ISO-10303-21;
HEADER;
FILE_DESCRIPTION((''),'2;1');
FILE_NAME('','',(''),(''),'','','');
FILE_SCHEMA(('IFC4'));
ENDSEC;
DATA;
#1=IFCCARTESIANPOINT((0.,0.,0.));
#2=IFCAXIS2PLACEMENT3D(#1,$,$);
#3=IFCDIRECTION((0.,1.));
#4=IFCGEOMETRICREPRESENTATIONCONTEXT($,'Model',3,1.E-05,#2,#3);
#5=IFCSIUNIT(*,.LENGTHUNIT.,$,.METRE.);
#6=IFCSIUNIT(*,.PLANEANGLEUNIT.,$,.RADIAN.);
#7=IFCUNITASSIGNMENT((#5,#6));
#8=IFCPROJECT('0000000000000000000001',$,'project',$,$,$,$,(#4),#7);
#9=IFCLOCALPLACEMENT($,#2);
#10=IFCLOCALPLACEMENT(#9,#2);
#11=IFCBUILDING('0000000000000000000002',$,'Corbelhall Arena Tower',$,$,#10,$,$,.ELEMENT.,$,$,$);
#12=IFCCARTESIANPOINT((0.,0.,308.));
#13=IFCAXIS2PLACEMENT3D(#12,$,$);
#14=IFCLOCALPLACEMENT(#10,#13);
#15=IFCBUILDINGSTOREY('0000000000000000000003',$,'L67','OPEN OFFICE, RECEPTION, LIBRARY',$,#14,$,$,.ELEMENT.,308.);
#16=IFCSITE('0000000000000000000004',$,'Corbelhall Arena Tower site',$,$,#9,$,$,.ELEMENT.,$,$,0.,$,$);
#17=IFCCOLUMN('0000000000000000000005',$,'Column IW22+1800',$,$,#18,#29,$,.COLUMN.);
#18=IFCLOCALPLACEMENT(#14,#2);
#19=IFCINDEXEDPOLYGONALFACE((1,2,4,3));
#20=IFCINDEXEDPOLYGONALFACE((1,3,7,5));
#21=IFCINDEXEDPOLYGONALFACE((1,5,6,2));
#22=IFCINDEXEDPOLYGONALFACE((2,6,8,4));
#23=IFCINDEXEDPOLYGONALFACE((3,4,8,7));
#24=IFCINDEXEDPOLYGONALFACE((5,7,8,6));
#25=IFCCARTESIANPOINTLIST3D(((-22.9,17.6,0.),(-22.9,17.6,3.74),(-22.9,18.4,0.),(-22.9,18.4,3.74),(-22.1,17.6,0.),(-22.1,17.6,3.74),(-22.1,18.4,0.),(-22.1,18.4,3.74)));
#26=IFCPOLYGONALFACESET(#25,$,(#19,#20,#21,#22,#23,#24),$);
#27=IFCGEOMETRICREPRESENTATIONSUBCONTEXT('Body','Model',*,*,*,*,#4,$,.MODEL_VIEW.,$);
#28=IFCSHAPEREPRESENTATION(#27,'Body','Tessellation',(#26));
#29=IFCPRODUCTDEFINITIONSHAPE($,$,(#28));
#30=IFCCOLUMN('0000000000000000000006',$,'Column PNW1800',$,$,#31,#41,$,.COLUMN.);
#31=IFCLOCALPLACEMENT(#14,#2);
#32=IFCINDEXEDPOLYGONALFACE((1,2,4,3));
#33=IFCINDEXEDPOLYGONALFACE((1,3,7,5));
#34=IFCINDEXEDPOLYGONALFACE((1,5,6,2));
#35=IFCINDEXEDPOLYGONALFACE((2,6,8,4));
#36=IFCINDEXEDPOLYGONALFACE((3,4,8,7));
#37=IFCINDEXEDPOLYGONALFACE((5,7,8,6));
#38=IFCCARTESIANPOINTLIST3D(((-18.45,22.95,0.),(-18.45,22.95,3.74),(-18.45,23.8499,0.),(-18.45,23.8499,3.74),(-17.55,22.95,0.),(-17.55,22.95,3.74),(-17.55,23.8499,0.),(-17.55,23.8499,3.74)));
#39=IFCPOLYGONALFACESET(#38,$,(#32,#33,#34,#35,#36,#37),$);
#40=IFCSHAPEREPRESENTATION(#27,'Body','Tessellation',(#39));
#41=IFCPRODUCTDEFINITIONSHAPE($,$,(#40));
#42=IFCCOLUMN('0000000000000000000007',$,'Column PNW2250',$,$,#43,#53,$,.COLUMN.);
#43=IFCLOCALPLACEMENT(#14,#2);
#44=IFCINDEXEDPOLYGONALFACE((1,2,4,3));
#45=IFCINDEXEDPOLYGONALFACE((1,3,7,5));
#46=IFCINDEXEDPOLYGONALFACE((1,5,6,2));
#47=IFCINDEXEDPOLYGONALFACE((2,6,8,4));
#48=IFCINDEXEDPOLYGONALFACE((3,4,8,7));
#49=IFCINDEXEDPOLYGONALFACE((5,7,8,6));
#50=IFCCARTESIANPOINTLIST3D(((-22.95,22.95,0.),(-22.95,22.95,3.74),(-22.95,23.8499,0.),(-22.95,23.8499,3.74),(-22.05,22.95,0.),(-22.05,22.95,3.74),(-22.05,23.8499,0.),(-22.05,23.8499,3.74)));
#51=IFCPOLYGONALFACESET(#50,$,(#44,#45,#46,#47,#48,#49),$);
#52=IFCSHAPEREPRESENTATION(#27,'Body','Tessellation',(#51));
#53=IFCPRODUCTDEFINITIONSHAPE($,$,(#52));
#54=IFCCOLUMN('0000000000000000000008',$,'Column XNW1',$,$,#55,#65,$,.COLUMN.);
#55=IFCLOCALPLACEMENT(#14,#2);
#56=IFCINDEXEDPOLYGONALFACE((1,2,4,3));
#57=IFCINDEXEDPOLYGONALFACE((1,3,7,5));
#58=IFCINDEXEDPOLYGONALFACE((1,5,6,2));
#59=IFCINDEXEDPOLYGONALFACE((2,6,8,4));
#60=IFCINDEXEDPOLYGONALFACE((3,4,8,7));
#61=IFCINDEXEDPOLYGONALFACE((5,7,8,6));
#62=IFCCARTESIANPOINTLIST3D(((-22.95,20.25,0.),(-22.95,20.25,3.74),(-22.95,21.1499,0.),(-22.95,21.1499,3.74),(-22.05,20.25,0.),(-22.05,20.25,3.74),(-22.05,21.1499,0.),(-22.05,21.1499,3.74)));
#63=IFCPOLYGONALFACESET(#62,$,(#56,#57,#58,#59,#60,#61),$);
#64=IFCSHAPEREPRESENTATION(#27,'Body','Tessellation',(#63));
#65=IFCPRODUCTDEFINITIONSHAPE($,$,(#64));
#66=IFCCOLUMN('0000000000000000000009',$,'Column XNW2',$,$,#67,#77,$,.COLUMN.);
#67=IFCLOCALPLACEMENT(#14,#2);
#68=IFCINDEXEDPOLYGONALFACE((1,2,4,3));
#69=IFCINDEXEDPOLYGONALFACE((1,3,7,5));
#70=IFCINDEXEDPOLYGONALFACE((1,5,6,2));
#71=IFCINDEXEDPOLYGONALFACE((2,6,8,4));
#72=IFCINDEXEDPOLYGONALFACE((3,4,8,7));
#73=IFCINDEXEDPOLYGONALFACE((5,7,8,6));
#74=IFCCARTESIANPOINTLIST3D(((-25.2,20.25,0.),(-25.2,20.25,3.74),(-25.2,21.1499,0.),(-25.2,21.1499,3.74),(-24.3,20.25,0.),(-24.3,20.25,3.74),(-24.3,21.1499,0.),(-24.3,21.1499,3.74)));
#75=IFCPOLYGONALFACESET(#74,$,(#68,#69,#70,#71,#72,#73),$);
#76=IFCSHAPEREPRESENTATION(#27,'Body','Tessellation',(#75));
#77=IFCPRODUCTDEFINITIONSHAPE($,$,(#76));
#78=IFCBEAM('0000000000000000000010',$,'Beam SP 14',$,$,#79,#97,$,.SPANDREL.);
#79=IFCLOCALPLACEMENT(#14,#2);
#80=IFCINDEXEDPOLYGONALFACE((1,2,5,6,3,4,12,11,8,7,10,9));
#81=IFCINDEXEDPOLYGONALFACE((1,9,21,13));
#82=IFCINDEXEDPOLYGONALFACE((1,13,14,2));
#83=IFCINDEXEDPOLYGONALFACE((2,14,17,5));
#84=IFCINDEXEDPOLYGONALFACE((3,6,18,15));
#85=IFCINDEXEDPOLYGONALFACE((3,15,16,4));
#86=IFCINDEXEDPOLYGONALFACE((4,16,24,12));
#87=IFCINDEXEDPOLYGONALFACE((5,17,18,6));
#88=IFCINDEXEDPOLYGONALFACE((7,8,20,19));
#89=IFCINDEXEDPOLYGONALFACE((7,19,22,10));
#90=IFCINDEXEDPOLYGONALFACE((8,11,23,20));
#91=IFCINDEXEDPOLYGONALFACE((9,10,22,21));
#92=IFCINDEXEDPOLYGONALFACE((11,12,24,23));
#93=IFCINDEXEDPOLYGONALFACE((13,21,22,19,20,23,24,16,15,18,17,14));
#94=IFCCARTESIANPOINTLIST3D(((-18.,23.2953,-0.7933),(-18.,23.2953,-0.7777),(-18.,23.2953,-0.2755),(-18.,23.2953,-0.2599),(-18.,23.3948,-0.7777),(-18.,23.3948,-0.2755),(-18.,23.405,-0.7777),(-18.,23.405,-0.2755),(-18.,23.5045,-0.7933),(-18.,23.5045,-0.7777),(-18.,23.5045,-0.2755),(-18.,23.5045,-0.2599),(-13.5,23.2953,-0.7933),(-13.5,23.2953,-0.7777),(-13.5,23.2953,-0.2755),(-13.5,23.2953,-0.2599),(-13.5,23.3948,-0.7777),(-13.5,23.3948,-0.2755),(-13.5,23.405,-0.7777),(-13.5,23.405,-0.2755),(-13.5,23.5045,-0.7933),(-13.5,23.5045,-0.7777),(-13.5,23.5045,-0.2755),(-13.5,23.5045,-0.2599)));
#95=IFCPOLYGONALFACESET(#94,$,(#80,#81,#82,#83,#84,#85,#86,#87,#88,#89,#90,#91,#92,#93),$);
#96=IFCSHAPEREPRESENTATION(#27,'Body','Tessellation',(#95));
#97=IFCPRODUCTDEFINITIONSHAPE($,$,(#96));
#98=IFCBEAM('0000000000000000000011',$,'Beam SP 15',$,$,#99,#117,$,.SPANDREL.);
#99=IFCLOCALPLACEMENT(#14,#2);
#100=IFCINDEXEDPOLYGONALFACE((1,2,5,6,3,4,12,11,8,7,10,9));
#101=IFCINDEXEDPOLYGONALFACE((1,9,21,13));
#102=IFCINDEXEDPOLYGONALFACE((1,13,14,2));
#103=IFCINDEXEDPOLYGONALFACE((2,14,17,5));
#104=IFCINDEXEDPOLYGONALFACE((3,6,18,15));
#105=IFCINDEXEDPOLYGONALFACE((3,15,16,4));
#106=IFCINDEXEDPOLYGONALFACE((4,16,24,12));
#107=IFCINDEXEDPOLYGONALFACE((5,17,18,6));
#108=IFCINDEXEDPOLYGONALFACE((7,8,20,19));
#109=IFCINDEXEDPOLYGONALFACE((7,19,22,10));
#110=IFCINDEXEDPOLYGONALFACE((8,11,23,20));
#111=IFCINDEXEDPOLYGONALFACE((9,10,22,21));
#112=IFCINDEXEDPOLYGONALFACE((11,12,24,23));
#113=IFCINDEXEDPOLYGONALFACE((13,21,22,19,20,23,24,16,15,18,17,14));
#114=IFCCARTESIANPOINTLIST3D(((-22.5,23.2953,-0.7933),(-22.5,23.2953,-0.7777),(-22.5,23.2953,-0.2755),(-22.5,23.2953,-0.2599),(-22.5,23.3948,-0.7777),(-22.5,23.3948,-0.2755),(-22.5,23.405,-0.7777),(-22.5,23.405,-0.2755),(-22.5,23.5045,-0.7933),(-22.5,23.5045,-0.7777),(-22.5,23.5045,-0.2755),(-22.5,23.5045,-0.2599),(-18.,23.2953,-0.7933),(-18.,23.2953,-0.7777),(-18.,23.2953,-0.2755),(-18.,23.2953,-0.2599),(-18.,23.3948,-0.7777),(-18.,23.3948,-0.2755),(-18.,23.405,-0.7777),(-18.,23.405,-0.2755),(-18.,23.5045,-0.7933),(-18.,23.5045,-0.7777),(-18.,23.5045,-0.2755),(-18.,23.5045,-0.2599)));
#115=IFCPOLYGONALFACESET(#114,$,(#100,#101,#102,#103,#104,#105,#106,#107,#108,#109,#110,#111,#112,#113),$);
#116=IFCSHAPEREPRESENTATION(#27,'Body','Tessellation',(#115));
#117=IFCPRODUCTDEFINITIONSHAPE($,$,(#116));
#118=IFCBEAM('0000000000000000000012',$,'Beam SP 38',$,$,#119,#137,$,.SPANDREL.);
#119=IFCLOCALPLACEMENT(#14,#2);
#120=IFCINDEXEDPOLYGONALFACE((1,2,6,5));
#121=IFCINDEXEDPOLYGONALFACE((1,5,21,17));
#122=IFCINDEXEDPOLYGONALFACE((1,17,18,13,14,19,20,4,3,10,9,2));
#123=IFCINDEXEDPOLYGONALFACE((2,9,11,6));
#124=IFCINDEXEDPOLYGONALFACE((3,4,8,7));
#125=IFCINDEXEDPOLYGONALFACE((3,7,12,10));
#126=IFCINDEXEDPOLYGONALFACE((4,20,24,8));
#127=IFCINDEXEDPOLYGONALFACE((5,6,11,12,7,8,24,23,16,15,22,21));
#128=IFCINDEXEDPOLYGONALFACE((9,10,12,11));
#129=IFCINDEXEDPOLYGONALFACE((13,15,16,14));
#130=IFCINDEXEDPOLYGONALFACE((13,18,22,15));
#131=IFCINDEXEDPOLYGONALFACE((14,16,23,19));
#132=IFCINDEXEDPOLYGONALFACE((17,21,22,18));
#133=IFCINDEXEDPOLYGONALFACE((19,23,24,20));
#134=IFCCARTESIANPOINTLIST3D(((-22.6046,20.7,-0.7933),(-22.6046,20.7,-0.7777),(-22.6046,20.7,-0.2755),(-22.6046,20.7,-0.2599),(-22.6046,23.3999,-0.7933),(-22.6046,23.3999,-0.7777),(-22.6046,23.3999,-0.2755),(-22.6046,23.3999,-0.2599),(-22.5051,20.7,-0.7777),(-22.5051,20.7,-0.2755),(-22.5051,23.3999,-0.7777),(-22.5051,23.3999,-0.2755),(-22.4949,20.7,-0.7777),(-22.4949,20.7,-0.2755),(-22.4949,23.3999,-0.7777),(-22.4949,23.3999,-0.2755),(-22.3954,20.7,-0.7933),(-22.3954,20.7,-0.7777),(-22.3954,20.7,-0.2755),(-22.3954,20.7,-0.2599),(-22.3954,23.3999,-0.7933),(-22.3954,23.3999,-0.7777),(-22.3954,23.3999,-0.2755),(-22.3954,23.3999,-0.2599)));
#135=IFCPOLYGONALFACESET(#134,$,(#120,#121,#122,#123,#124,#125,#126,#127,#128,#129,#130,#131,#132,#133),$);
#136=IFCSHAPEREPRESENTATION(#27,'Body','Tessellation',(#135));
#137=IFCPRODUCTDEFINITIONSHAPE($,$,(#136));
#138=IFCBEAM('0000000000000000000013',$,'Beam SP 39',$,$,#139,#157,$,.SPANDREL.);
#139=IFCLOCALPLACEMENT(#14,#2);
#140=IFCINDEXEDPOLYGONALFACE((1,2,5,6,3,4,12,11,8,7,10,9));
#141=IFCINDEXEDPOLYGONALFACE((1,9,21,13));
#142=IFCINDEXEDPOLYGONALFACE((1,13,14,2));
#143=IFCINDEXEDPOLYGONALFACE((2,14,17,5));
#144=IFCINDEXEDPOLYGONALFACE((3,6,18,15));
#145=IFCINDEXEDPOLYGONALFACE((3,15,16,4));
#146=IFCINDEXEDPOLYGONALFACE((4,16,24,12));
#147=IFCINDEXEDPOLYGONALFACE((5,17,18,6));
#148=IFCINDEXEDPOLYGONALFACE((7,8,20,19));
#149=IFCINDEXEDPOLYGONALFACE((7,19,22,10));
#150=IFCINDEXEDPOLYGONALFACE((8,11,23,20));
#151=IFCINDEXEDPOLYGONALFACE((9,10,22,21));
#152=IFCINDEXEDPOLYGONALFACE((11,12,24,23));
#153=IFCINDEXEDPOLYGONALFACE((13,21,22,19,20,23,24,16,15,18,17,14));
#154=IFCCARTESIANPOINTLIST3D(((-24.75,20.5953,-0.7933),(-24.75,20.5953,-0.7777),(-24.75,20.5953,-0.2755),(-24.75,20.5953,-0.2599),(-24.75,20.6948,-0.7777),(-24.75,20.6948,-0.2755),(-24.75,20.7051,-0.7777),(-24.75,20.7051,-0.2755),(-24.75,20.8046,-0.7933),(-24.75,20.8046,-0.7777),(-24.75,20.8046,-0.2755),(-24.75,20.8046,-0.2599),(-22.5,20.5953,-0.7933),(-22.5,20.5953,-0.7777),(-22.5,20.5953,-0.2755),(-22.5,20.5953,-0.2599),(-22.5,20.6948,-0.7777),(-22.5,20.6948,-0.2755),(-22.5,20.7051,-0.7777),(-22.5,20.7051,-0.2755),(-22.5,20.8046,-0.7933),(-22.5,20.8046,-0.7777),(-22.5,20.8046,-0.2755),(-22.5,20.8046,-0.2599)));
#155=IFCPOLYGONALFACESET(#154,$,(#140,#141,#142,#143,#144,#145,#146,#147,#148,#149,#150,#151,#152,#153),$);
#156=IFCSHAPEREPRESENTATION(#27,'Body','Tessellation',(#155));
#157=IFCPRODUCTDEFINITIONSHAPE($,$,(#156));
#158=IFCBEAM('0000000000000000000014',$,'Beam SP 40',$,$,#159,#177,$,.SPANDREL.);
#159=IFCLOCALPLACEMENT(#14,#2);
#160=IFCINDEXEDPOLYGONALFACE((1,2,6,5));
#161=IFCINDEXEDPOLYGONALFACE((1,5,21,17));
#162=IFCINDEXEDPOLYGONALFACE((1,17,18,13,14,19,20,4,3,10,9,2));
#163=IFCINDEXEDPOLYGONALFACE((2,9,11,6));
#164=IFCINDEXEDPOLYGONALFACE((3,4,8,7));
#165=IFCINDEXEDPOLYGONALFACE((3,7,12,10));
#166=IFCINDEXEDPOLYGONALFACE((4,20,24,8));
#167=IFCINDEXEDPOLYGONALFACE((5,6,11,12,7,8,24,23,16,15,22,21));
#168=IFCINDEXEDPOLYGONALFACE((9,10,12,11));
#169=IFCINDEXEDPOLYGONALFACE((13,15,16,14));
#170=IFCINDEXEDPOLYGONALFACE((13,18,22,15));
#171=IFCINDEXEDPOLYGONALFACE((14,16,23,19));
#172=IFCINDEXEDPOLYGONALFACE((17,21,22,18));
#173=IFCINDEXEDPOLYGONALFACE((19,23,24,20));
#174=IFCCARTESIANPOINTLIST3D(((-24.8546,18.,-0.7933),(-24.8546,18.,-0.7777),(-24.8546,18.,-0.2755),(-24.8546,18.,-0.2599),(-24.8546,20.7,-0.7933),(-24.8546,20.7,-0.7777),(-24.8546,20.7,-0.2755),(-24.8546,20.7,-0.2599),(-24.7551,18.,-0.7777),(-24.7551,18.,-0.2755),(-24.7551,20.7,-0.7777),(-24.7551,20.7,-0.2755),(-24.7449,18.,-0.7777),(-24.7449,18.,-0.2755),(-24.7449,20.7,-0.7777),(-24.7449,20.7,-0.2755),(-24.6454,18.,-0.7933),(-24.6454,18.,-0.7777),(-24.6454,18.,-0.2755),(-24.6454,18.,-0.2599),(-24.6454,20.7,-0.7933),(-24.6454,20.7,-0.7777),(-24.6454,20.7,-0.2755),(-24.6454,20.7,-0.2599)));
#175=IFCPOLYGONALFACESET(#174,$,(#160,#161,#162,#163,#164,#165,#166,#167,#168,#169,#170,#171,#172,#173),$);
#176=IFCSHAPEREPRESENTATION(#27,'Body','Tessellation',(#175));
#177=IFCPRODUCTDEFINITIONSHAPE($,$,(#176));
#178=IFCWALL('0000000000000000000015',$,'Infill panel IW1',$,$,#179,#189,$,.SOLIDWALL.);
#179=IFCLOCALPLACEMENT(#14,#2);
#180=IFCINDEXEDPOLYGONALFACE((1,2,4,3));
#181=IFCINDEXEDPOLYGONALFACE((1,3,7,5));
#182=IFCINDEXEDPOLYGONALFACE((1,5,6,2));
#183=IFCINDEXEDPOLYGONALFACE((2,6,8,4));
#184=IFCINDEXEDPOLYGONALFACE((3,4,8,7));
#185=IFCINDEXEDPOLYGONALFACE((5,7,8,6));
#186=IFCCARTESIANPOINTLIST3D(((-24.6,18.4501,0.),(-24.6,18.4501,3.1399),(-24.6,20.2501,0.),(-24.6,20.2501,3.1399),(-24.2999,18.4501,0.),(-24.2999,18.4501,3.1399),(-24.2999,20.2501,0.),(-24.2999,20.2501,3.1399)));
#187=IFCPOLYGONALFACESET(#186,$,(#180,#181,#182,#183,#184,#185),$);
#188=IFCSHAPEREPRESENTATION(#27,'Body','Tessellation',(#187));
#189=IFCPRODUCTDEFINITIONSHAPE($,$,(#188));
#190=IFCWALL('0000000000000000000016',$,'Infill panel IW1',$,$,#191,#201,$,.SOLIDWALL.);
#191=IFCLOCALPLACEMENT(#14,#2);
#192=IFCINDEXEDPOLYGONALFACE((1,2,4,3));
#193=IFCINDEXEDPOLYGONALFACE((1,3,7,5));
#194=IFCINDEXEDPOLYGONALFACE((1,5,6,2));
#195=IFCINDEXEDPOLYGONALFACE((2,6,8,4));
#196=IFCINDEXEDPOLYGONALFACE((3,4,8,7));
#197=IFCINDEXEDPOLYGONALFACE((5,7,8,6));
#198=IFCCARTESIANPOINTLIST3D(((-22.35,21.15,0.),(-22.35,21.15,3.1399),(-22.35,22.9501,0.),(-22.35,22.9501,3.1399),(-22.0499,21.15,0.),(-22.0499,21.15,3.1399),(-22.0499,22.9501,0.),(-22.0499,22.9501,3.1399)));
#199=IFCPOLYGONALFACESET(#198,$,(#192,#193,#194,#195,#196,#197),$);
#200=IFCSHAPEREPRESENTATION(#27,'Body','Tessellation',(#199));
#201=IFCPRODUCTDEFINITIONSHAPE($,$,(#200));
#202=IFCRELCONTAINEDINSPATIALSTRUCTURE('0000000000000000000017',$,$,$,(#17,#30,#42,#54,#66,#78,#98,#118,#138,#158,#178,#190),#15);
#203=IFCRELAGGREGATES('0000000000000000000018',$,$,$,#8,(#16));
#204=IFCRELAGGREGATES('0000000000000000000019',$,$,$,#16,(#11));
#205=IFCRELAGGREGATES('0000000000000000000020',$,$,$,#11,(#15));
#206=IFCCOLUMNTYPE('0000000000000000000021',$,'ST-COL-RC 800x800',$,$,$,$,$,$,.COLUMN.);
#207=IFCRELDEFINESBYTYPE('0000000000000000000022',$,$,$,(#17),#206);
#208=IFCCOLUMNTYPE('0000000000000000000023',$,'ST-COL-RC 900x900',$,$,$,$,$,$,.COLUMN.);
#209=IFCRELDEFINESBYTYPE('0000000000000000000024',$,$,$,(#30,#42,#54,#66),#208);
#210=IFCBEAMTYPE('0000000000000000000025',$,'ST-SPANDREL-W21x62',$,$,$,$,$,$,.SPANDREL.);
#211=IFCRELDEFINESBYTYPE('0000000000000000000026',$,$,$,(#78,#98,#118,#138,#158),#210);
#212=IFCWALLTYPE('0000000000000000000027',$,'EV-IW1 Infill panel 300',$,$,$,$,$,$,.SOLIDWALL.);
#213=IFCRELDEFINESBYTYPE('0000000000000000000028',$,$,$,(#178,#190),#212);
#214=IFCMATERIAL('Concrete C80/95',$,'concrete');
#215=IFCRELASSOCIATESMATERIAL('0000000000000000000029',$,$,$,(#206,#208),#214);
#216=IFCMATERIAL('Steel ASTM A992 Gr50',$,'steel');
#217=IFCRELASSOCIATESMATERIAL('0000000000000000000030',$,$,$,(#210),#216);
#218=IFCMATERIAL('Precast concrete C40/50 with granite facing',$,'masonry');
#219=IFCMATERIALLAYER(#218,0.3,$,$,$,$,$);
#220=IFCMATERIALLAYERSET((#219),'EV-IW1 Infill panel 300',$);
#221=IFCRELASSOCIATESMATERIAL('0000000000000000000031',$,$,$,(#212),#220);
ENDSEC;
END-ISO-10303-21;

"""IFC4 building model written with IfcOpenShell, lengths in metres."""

from ifc_helpers import new_model, si_unit, direction, frame, frame_2d, origin, origin_2d, place, context, subcontext, project, spatial, rectangle, i_section, extrude, material, layer, layer_set, material_profile, profile_set, type_object, element, save


model = new_model("IFC4")

# Units and contexts
model_context = context("Model", 3, precision=1e-05, world=origin(), true_north=direction((0.0, 1.0)))
body_context = subcontext(model_context, "Body", "Model", "MODEL_VIEW")
ifc_project = project(units=[si_unit("LENGTHUNIT", "METRE"), si_unit("PLANEANGLEUNIT", "RADIAN")], contexts=[model_context])

# Site, building, storey
site_placement = place(None, origin())
site = spatial("IfcSite", under=ifc_project, at=site_placement, Name="Corbelhall Arena Tower site", CompositionType="ELEMENT", RefElevation=0.0)
building_placement = place(site_placement, origin())
building = spatial("IfcBuilding", under=site, at=building_placement, Name="Corbelhall Arena Tower", CompositionType="ELEMENT")
storey_placement = place(building_placement, frame((0.0, 0.0, 308.0)))
storey = spatial("IfcBuildingStorey", under=building, at=storey_placement, Name="L67", Description="OPEN OFFICE, RECEPTION, LIBRARY", CompositionType="ELEMENT", Elevation=308.0)

# Columns
ifc_material_1 = material(Name="Concrete C80/95", Category="concrete")
ifc_material_profile_1 = material_profile(ifc_material_1, rectangle(XDim=0.8, YDim=0.8, at=origin_2d()))
ifc_profile_set_1 = profile_set([ifc_material_profile_1], Name="Concrete C80/95")
column_type_1 = type_object("IfcColumnType", Name="ST-COL-RC 800x800", PredefinedType="COLUMN", material=ifc_profile_set_1)
column_placement = place(storey_placement, frame((-22.5, 18.0, 0.0), z_axis=(0.0, 0.0, 1.0), x_axis=(1.0, 0.0, 0.0)))
element("IfcColumn", 1, at=column_placement, inside=storey, type_object=column_type_1, Name="Column IW22+1800", PredefinedType="COLUMN", context=body_context, shape_type="SweptSolid", body=[
    extrude(rectangle(XDim=0.8, YDim=0.8, at=origin_2d()), origin(), (0.0, 0.0, 1.0), 3.74),
])
ifc_material_profile_2 = material_profile(ifc_material_1, rectangle(XDim=0.8999, YDim=0.8999, at=origin_2d()))
ifc_profile_set_2 = profile_set([ifc_material_profile_2], Name="Concrete C80/95")
column_type_2 = type_object("IfcColumnType", Name="ST-COL-RC 900x900", PredefinedType="COLUMN", material=ifc_profile_set_2)
for number, where, z_axis, x_axis, name in (
    (2, (-18.0, 23.3999, 0.0), (0.0, 0.0, 1.0), (1.0, 0.0, 0.0), "Column PNW1800"),
    (3, (-22.5, 23.3999, 0.0), (0.0, 0.0, 1.0), (1.0, 0.0, 0.0), "Column PNW2250"),
    (4, (-22.5, 20.7, 0.0), (0.0, 0.0, 1.0), (1.0, 0.0, 0.0), "Column XNW1"),
    (5, (-24.75, 20.7, 0.0), (0.0, 0.0, 1.0), (1.0, 0.0, 0.0), "Column XNW2"),
):
    element("IfcColumn", number, at=place(storey_placement, frame(where, z_axis=z_axis, x_axis=x_axis)), inside=storey, type_object=column_type_2, Name=name, PredefinedType="COLUMN", context=body_context, shape_type="SweptSolid", body=[
        extrude(rectangle(XDim=0.8999, YDim=0.8999, at=origin_2d()), origin(), (0.0, 0.0, 1.0), 3.74),
    ])

# Beams
ifc_material_2 = material(Name="Steel ASTM A992 Gr50", Category="steel")
ifc_material_profile_3 = material_profile(ifc_material_2, i_section(OverallWidth=0.2092, OverallDepth=0.5334, WebThickness=0.0103, FlangeThickness=0.0156, at=origin_2d()))
ifc_profile_set_3 = profile_set([ifc_material_profile_3], Name="Steel ASTM A992 Gr50")
beam_type = type_object("IfcBeamType", Name="ST-SPANDREL-W21x62", PredefinedType="SPANDREL", material=ifc_profile_set_3)
for number, where, z_axis, x_axis, name in (
    (6, (-18.0, 23.3999, -0.5266), (1.0, 0.0, 0.0), (0.0, 1.0, 0.0), "Beam SP 14"),
    (7, (-22.5, 23.3999, -0.5266), (1.0, 0.0, 0.0), (0.0, 1.0, 0.0), "Beam SP 15"),
):
    element("IfcBeam", number, at=place(storey_placement, frame(where, z_axis=z_axis, x_axis=x_axis)), inside=storey, type_object=beam_type, Name=name, PredefinedType="SPANDREL", context=body_context, shape_type="SweptSolid", body=[
        extrude(i_section(OverallWidth=0.2092, OverallDepth=0.5334, WebThickness=0.0103, FlangeThickness=0.0156, at=origin_2d()), origin(), (0.0, 0.0, 1.0), 4.5),
    ])
beam_1_placement = place(storey_placement, frame((-22.5, 20.7, -0.5266), z_axis=(0.0, 1.0, 0.0), x_axis=(-1.0, 0.0, 0.0)))
element("IfcBeam", 8, at=beam_1_placement, inside=storey, type_object=beam_type, Name="Beam SP 38", PredefinedType="SPANDREL", context=body_context, shape_type="SweptSolid", body=[
    extrude(i_section(OverallWidth=0.2092, OverallDepth=0.5334, WebThickness=0.0103, FlangeThickness=0.0156, at=origin_2d()), origin(), (0.0, 0.0, 1.0), 2.7),
])
beam_2_placement = place(storey_placement, frame((-24.75, 20.7, -0.5266), z_axis=(1.0, 0.0, 0.0), x_axis=(0.0, 1.0, 0.0)))
element("IfcBeam", 9, at=beam_2_placement, inside=storey, type_object=beam_type, Name="Beam SP 39", PredefinedType="SPANDREL", context=body_context, shape_type="SweptSolid", body=[
    extrude(i_section(OverallWidth=0.2092, OverallDepth=0.5334, WebThickness=0.0103, FlangeThickness=0.0156, at=origin_2d()), origin(), (0.0, 0.0, 1.0), 2.25),
])
beam_3_placement = place(storey_placement, frame((-24.75, 18.0, -0.5266), z_axis=(0.0, 1.0, 0.0), x_axis=(-1.0, 0.0, 0.0)))
element("IfcBeam", 10, at=beam_3_placement, inside=storey, type_object=beam_type, Name="Beam SP 40", PredefinedType="SPANDREL", context=body_context, shape_type="SweptSolid", body=[
    extrude(i_section(OverallWidth=0.2092, OverallDepth=0.5334, WebThickness=0.0103, FlangeThickness=0.0156, at=origin_2d()), origin(), (0.0, 0.0, 1.0), 2.7),
])

# Wall
ifc_material_3 = material(Name="Precast concrete C40/50 with granite facing", Category="masonry")
ifc_layer_1 = layer(ifc_material_3, 0.3)
ifc_layer_set_1 = layer_set([ifc_layer_1], Name="EV-IW1 Infill panel 300")
wall_type_1 = type_object("IfcWallType", Name="EV-IW1 Infill panel 300", PredefinedType="SOLIDWALL", material=ifc_layer_set_1)
wall_1_placement = place(storey_placement, frame((-24.45, 20.25, 0.0), z_axis=(0.0, 0.0, 1.0), x_axis=(0.0, -1.0, 0.0)))
element("IfcWall", 11, at=wall_1_placement, inside=storey, type_object=wall_type_1, Name="Infill panel IW1", PredefinedType="SOLIDWALL", context=body_context, shape_type="SweptSolid", body=[
    extrude(rectangle(XDim=1.8, YDim=0.3, at=frame_2d((0.8999, 0.0))), origin(), (0.0, 0.0, 1.0), 3.1399),
])

# Wall
wall_2_placement = place(storey_placement, frame((-22.2, 22.95, 0.0), z_axis=(0.0, 0.0, 1.0), x_axis=(0.0, -1.0, 0.0)))
element("IfcWall", 12, at=wall_2_placement, inside=storey, type_object=wall_type_1, Name="Infill panel IW1", PredefinedType="SOLIDWALL", context=body_context, shape_type="SweptSolid", body=[
    extrude(rectangle(XDim=1.8, YDim=0.3, at=frame_2d((0.8999, 0.0))), origin(), (0.0, 0.0, 1.0), 3.1399),
])

save(model, "model.ifc")
